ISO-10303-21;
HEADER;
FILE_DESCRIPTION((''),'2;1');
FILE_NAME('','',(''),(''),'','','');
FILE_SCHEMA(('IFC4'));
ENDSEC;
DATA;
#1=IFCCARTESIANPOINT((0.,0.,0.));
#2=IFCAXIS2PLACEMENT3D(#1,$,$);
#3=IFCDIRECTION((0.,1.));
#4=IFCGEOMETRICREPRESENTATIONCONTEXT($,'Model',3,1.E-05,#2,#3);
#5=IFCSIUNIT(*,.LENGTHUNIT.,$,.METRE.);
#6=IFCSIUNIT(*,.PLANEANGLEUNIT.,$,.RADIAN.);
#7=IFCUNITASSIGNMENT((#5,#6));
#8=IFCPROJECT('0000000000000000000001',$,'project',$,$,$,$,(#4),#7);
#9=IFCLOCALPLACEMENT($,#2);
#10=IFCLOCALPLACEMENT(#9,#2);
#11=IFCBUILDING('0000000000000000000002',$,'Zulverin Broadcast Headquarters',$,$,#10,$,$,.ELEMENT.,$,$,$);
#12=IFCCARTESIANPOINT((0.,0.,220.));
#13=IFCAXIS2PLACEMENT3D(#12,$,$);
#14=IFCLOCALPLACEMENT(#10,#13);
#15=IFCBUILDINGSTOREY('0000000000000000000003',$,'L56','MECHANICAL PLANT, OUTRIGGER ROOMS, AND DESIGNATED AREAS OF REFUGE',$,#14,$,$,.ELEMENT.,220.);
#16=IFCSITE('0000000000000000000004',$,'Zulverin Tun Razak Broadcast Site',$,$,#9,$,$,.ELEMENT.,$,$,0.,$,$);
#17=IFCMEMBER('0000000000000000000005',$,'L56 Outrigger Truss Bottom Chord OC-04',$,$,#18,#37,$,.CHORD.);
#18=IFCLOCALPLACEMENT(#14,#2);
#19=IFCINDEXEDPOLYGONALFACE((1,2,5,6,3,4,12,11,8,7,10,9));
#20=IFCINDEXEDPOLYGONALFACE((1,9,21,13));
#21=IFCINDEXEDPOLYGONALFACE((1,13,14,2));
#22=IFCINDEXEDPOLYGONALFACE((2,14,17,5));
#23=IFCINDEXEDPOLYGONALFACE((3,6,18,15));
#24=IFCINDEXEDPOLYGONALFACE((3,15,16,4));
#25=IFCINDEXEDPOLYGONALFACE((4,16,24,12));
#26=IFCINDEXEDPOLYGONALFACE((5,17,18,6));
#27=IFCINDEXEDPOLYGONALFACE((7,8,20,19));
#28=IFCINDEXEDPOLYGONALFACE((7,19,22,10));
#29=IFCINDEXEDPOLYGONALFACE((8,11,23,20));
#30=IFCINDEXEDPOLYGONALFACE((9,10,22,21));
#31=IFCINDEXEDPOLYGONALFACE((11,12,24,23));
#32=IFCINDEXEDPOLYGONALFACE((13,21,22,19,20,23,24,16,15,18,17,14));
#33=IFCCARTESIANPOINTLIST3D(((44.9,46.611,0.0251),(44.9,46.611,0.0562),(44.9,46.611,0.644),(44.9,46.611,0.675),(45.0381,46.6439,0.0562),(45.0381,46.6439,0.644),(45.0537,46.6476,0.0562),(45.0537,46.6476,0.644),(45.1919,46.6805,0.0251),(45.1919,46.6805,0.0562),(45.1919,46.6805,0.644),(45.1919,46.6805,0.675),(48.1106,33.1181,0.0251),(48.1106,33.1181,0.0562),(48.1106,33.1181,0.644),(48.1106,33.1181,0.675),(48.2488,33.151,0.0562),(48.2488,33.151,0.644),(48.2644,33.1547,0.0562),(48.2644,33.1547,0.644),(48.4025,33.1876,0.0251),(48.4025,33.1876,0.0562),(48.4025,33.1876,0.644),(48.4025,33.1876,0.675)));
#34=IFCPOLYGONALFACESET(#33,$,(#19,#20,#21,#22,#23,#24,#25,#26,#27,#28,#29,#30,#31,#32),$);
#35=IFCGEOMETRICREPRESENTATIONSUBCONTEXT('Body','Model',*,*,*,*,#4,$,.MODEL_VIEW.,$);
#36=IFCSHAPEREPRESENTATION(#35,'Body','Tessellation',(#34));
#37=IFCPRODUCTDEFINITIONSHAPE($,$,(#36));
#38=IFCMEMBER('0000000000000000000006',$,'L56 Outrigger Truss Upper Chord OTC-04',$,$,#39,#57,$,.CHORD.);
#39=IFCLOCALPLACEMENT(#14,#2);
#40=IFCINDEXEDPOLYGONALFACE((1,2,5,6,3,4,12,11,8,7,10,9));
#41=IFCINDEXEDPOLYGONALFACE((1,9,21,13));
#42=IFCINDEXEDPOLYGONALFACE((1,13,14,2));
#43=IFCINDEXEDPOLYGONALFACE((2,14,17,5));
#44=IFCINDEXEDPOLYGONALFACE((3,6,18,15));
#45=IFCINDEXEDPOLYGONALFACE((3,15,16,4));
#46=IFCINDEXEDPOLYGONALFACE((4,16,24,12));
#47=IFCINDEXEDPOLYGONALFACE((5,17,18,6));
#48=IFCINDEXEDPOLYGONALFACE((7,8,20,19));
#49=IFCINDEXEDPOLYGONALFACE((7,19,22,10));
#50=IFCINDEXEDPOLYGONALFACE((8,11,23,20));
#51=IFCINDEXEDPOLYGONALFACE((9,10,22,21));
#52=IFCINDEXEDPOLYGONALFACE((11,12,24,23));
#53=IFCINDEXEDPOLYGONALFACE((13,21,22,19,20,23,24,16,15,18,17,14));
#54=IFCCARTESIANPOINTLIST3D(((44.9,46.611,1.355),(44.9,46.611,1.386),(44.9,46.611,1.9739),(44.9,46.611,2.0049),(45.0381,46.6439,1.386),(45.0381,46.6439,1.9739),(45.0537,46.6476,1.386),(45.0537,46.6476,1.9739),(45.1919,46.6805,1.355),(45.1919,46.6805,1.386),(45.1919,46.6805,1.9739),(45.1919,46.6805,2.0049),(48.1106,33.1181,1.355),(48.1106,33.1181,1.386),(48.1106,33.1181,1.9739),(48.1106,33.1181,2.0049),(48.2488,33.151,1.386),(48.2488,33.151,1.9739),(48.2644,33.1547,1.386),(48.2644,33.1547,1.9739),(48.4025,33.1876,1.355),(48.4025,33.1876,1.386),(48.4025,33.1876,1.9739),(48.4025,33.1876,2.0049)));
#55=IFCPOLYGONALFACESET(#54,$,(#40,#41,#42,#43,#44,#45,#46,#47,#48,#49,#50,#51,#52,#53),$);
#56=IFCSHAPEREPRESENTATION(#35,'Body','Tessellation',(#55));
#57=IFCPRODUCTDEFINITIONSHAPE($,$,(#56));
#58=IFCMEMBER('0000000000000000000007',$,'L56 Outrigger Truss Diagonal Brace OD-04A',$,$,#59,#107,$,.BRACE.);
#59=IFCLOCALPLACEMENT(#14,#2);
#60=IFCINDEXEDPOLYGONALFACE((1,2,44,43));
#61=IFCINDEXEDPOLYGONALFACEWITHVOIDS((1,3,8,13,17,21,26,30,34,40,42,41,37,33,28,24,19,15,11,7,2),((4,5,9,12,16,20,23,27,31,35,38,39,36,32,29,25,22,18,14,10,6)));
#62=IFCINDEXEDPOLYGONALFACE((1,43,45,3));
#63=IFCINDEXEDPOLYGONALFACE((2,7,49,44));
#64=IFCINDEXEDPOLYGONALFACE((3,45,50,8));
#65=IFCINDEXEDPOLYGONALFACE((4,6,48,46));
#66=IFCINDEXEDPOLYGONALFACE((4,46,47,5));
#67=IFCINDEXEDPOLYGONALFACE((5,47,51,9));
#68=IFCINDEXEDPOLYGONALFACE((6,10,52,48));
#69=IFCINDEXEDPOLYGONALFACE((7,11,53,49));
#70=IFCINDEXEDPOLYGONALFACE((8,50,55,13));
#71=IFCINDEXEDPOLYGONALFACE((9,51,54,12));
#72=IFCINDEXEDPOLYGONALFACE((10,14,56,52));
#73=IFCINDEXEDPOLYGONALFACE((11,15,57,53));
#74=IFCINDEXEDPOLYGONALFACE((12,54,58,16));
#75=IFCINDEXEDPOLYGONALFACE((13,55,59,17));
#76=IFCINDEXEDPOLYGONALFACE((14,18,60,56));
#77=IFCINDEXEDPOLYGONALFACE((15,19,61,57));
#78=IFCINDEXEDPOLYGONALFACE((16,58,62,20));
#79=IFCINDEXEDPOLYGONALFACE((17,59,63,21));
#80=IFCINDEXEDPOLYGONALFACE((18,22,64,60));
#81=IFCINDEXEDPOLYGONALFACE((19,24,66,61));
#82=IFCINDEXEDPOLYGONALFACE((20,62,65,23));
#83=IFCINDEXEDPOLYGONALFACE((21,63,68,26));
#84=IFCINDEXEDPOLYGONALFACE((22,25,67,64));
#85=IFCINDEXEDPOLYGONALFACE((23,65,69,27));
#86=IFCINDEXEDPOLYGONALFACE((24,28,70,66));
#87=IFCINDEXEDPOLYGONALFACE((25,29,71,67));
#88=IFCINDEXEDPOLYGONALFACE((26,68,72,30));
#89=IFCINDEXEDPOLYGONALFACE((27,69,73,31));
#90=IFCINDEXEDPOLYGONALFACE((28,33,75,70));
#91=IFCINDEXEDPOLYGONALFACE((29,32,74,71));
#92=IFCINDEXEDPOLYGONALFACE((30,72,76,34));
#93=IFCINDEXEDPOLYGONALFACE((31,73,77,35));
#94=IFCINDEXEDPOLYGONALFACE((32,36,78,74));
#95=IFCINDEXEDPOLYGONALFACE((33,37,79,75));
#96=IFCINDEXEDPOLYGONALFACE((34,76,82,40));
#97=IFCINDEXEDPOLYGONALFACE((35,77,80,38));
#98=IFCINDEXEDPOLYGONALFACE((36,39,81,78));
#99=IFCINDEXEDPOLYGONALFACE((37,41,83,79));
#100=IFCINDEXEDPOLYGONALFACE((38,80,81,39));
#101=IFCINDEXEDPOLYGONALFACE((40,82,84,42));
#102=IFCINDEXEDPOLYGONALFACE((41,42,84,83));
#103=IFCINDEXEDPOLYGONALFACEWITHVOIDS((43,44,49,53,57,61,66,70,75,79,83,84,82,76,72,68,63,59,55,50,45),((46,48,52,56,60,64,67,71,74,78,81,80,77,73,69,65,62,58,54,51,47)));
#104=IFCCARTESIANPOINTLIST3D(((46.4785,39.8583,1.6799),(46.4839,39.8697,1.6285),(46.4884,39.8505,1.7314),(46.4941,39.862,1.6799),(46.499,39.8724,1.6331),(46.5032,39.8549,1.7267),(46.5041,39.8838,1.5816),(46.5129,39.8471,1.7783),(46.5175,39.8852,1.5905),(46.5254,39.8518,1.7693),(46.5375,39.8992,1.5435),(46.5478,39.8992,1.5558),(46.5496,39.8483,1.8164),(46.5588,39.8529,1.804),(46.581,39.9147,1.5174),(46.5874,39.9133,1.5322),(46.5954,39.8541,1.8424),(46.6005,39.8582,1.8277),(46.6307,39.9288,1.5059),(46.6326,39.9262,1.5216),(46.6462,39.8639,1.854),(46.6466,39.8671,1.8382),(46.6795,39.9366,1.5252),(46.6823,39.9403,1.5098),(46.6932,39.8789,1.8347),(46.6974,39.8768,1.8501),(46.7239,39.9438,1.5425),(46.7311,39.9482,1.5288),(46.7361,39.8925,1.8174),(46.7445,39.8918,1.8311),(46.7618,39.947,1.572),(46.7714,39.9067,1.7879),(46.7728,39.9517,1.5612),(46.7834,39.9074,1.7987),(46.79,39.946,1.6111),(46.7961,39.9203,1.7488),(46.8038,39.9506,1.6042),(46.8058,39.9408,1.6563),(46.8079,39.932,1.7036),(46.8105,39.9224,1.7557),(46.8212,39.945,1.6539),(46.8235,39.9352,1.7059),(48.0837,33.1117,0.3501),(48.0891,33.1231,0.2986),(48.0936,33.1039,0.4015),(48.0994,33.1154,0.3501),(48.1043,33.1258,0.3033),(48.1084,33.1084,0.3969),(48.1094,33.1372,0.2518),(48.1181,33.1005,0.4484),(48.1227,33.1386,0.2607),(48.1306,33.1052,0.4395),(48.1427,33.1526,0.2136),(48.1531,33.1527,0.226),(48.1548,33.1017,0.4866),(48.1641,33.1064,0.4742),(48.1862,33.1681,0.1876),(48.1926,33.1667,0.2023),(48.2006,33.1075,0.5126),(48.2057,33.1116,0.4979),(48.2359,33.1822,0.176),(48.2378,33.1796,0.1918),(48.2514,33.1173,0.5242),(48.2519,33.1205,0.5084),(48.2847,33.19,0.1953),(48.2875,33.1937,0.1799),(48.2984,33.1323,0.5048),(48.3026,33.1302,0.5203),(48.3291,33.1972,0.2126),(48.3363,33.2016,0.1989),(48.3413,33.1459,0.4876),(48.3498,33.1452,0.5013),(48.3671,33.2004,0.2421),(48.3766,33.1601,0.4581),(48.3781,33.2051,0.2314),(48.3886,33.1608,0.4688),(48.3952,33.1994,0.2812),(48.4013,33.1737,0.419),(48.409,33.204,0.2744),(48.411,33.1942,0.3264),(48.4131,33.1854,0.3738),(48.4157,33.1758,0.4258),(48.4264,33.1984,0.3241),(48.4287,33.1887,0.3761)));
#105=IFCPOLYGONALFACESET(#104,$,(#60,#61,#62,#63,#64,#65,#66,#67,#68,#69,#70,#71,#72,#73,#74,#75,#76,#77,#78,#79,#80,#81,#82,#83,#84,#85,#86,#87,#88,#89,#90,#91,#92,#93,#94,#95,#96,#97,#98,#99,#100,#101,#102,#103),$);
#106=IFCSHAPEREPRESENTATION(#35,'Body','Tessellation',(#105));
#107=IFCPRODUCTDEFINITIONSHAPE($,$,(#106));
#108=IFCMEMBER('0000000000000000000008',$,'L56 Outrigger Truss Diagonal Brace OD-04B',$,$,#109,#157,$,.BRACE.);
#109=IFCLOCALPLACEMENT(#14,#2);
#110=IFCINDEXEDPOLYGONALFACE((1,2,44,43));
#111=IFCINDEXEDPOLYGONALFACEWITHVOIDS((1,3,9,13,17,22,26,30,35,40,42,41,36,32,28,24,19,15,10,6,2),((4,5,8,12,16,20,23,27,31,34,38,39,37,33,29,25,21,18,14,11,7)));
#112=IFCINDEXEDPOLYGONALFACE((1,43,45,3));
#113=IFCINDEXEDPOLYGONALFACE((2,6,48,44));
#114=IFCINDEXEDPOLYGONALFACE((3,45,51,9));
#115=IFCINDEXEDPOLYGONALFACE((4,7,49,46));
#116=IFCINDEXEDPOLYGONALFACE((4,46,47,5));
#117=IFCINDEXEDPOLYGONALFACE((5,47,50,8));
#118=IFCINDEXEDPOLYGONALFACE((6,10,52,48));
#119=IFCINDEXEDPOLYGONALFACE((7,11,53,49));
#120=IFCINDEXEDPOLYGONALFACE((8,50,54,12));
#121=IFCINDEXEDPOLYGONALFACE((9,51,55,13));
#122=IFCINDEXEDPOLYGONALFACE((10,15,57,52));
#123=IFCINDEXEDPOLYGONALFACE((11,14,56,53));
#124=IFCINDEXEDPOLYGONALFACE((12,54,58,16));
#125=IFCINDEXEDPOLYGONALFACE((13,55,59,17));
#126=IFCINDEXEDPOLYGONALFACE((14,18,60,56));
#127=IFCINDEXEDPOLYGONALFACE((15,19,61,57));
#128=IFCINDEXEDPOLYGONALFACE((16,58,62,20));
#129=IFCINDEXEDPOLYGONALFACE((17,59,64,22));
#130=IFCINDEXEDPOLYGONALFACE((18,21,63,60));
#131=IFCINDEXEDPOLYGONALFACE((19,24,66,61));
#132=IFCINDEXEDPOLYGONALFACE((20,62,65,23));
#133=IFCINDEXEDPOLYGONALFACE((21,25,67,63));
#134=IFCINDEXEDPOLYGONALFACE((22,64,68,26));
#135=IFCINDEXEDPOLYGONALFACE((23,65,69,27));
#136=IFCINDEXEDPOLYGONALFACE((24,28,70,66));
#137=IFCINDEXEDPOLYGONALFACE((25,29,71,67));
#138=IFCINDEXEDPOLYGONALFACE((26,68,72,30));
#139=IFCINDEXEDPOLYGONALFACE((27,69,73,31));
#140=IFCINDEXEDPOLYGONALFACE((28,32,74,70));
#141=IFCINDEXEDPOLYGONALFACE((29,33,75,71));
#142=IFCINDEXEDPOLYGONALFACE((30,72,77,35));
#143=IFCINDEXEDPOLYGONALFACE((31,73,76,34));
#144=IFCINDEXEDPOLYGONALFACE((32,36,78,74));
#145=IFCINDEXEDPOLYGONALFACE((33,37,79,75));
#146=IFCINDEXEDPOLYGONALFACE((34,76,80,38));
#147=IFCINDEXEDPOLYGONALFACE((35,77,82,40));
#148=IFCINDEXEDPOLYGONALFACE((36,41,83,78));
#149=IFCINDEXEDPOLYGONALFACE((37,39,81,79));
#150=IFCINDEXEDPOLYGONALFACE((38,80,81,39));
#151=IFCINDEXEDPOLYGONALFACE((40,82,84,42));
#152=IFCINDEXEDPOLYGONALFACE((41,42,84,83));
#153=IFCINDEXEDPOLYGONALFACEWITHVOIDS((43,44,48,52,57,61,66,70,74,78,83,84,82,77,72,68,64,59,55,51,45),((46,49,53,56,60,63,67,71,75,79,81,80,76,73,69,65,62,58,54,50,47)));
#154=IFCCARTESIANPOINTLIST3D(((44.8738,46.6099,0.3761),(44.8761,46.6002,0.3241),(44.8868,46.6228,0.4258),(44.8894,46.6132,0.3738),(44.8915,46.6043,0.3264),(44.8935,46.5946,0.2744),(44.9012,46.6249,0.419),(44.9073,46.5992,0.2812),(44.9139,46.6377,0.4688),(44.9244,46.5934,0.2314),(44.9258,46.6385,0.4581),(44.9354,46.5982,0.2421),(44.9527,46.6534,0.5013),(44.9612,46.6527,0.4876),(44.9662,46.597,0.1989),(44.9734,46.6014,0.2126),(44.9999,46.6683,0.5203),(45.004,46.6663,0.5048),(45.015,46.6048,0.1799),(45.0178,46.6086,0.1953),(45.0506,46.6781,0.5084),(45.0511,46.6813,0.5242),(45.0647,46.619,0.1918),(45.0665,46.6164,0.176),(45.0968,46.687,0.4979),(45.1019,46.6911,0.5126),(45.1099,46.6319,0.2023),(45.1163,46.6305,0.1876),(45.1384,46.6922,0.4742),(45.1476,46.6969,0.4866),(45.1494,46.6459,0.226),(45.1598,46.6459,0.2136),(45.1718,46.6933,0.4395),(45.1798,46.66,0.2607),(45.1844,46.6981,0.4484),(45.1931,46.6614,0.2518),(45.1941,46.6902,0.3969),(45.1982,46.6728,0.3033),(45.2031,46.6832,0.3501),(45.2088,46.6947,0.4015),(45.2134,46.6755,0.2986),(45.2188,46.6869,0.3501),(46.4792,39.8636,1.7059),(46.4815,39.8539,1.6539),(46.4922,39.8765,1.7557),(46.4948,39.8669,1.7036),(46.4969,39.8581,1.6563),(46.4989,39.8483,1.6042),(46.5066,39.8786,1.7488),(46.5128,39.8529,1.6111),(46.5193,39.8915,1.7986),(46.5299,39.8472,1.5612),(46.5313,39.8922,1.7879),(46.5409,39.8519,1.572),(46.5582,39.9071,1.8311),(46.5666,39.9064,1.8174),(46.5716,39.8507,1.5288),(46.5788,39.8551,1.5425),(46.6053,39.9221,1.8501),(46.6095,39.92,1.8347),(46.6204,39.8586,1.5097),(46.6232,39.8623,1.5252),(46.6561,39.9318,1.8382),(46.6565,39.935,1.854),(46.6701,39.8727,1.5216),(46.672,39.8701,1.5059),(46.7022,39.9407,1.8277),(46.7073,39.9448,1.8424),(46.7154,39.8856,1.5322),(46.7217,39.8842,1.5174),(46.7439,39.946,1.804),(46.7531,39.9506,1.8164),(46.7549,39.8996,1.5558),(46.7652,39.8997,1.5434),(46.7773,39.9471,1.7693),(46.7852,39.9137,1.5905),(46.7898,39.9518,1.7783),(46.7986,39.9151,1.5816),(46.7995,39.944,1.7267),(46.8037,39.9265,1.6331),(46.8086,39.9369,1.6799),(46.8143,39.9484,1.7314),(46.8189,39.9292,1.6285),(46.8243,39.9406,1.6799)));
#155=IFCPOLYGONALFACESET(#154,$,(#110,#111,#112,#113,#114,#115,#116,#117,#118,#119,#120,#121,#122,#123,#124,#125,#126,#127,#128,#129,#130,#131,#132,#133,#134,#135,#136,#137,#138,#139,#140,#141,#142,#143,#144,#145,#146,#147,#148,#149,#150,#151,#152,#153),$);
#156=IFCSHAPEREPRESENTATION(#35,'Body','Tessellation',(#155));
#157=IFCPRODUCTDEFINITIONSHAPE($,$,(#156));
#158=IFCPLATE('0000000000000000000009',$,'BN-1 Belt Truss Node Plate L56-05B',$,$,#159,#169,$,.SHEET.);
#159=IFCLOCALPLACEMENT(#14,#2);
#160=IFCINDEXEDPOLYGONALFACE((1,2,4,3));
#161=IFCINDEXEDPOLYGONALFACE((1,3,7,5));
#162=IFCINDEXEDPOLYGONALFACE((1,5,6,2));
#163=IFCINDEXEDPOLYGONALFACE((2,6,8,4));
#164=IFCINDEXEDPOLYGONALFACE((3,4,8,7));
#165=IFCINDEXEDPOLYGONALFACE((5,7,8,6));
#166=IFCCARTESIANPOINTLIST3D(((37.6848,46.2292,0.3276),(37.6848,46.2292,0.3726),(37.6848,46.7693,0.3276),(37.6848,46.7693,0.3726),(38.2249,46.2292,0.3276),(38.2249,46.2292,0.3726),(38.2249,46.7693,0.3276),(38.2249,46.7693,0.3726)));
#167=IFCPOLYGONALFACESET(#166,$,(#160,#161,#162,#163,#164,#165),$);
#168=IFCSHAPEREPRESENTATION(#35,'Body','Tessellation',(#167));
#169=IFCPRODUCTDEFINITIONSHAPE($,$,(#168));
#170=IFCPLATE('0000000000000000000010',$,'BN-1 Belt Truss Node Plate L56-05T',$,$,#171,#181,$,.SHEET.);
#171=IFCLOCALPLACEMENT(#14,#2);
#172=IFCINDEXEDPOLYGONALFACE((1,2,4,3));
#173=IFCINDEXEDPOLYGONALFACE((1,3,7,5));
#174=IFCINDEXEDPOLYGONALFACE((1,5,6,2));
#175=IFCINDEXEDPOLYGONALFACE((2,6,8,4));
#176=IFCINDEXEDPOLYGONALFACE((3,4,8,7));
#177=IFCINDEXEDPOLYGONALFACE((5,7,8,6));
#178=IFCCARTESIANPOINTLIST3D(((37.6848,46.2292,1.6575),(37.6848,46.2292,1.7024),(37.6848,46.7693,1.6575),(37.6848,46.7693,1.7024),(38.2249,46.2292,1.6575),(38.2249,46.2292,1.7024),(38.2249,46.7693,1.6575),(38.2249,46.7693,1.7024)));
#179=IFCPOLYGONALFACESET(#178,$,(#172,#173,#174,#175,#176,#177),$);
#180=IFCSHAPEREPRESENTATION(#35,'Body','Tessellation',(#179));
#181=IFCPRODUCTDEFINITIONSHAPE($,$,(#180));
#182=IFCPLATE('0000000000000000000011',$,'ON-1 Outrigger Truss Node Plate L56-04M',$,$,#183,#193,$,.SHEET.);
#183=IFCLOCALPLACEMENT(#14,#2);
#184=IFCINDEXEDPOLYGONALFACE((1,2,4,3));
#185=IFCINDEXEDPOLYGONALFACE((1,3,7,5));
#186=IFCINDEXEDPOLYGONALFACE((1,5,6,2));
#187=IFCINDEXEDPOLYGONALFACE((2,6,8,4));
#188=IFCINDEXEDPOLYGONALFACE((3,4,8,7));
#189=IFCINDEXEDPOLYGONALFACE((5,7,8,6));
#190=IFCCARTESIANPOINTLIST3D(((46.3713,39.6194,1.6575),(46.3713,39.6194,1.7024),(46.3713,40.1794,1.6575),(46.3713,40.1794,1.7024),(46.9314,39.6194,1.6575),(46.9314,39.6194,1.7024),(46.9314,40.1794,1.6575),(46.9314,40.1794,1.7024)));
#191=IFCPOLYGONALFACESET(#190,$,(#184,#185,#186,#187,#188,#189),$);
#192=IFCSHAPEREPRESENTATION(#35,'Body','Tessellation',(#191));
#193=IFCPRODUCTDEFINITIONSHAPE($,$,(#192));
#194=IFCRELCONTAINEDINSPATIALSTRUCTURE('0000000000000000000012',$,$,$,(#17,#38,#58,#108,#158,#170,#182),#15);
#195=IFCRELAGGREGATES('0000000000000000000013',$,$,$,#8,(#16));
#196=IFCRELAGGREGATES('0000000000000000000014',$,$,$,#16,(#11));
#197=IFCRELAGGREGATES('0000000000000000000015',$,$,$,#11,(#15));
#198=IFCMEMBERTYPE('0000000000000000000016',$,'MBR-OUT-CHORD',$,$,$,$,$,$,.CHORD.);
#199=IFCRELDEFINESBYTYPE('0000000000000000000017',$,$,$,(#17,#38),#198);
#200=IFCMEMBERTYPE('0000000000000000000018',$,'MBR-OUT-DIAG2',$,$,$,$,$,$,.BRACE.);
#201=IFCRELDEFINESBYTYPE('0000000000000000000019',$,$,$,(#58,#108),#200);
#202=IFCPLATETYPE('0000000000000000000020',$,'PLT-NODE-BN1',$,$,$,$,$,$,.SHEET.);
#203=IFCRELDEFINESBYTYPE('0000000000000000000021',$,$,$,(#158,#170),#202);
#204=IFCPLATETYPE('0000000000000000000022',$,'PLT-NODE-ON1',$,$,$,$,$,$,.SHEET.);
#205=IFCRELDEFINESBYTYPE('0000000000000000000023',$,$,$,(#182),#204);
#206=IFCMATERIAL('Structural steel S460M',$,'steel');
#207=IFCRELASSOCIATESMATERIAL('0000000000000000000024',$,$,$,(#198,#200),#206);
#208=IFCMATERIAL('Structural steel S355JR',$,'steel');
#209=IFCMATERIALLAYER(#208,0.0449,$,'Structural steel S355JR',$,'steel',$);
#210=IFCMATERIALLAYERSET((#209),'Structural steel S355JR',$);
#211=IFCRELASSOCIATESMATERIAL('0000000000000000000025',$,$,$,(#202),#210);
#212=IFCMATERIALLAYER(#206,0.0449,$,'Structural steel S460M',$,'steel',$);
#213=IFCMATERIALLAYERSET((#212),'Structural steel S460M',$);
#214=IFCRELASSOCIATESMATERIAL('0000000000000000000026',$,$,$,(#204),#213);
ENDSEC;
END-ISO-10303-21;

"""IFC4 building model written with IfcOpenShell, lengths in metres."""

from ifc_helpers import new_model, si_unit, direction, frame, origin, origin_2d, place, context, subcontext, project, spatial, rectangle, hollow_circle, i_section, extrude, material, layer, layer_set, material_profile, profile_set, type_object, element, save


model = new_model("IFC4")

# Units and contexts
model_context = context("Model", 3, precision=1e-05, world=origin(), true_north=direction((0.0, 1.0)))
body_context = subcontext(model_context, "Body", "Model", "MODEL_VIEW")
ifc_project = project(units=[si_unit("LENGTHUNIT", "METRE"), si_unit("PLANEANGLEUNIT", "RADIAN")], contexts=[model_context])

# Site, building, storey
site_placement = place(None, origin())
site = spatial("IfcSite", under=ifc_project, at=site_placement, Name="Zulverin Tun Razak Broadcast Site", CompositionType="ELEMENT", RefElevation=0.0)
building_placement = place(site_placement, origin())
building = spatial("IfcBuilding", under=site, at=building_placement, Name="Zulverin Broadcast Headquarters", CompositionType="ELEMENT")
storey_placement = place(building_placement, frame((0.0, 0.0, 220.0)))
storey = spatial("IfcBuildingStorey", under=building, at=storey_placement, Name="L56", Description="MECHANICAL PLANT, OUTRIGGER ROOMS, AND DESIGNATED AREAS OF REFUGE", CompositionType="ELEMENT", Elevation=220.0)

# Members
ifc_material_1 = material(Name="Structural steel S355JR", Category="steel")
ifc_material_2 = material(Name="Structural steel S460M", Category="steel")
ifc_material_profile_1 = material_profile(ifc_material_2, i_section(OverallWidth=0.3, OverallDepth=0.6499, WebThickness=0.0161, FlangeThickness=0.031, at=origin_2d()), Name="Structural steel S460M", Category="steel")
ifc_profile_set_1 = profile_set([ifc_material_profile_1], Name="Structural steel S460M")
member_type_1 = type_object("IfcMemberType", Name="MBR-OUT-CHORD", PredefinedType="CHORD", material=ifc_profile_set_1)
for number, where, z_axis, x_axis, name in (
    (1, (48.2566, 33.1528, 0.3501), (-0.23149, 0.972837, 0.0), (-0.972837, -0.23149, 0.0), "L56 Outrigger Truss Bottom Chord OC-04"),
    (2, (48.2566, 33.1528, 1.6799), (-0.23149, 0.972837, 0.0), (-0.972837, -0.23149, 0.0), "L56 Outrigger Truss Upper Chord OTC-04"),
):
    element("IfcMember", number, at=place(storey_placement, frame(where, z_axis=z_axis, x_axis=x_axis)), inside=storey, type_object=member_type_1, Name=name, PredefinedType="CHORD", context=body_context, shape_type="SweptSolid", body=[
        extrude(i_section(OverallWidth=0.3, OverallDepth=0.6499, WebThickness=0.0161, FlangeThickness=0.031, at=origin_2d()), origin(), (0.0, 0.0, 1.0), 13.8696),
    ])
ifc_material_profile_2 = material_profile(ifc_material_2, hollow_circle(Radius=0.1777, WallThickness=0.0161, at=origin_2d()), Name="Structural steel S460M", Category="steel")
ifc_profile_set_2 = profile_set([ifc_material_profile_2], Name="Structural steel S460M")
member_type_2 = type_object("IfcMemberType", Name="MBR-OUT-DIAG2", PredefinedType="BRACE", material=ifc_profile_set_2)
member_1_placement = place(storey_placement, frame((48.2566, 33.1528, 0.3501), z_axis=(-0.227328, 0.955434, 0.188328), x_axis=(-0.972842, -0.23147, 0.0)))
element("IfcMember", 3, at=member_1_placement, inside=storey, type_object=member_type_2, Name="L56 Outrigger Truss Diagonal Brace OD-04A", PredefinedType="BRACE", context=body_context, shape_type="SweptSolid", body=[
    extrude(hollow_circle(Radius=0.1777, WallThickness=0.0161, at=origin_2d()), origin(), (0.0, 0.0, 1.0), 7.0613),
])
member_2_placement = place(storey_placement, frame((45.0459, 46.6458, 0.3501), z_axis=(0.227368, -0.955424, 0.188333), x_axis=(0.972832, 0.231511, 0.0)))
element("IfcMember", 4, at=member_2_placement, inside=storey, type_object=member_type_2, Name="L56 Outrigger Truss Diagonal Brace OD-04B", PredefinedType="BRACE", context=body_context, shape_type="SweptSolid", body=[
    extrude(hollow_circle(Radius=0.1777, WallThickness=0.0161, at=origin_2d()), origin(), (0.0, 0.0, 1.0), 7.061),
])

# Plates
ifc_layer_1 = layer(ifc_material_1, 0.0449, Name="Structural steel S355JR", Category="steel")
ifc_layer_set_1 = layer_set([ifc_layer_1], Name="Structural steel S355JR")
plate_type_1 = type_object("IfcPlateType", Name="PLT-NODE-BN1", PredefinedType="SHEET", material=ifc_layer_set_1)
for number, where, z_axis, x_axis, name in (
    (5, (37.9548, 46.4993, 0.3276), (0.0, 0.0, 1.0), (1.0, 0.0, 0.0), "BN-1 Belt Truss Node Plate L56-05B"),
    (6, (37.9548, 46.4993, 1.6575), (0.0, 0.0, 1.0), (1.0, 0.0, 0.0), "BN-1 Belt Truss Node Plate L56-05T"),
):
    element("IfcPlate", number, at=place(storey_placement, frame(where, z_axis=z_axis, x_axis=x_axis)), inside=storey, type_object=plate_type_1, Name=name, PredefinedType="SHEET", context=body_context, shape_type="SweptSolid", body=[
        extrude(rectangle(XDim=0.54, YDim=0.54, at=origin_2d()), origin(), (0.0, 0.0, 1.0), 0.0449),
    ])
ifc_layer_2 = layer(ifc_material_2, 0.0449, Name="Structural steel S460M", Category="steel")
ifc_layer_set_2 = layer_set([ifc_layer_2], Name="Structural steel S460M")
plate_type_2 = type_object("IfcPlateType", Name="PLT-NODE-ON1", PredefinedType="SHEET", material=ifc_layer_set_2)
for number, where, z_axis, x_axis, name in (
    (7, (46.6514, 39.8994, 1.6575), (0.0, 0.0, 1.0), (1.0, 0.0, 0.0), "ON-1 Outrigger Truss Node Plate L56-04M"),
):
    element("IfcPlate", number, at=place(storey_placement, frame(where, z_axis=z_axis, x_axis=x_axis)), inside=storey, type_object=plate_type_2, Name=name, PredefinedType="SHEET", context=body_context, shape_type="SweptSolid", body=[
        extrude(rectangle(XDim=0.5601, YDim=0.5601, at=origin_2d()), origin(), (0.0, 0.0, 1.0), 0.0449),
    ])

save(model, "model.ifc")
